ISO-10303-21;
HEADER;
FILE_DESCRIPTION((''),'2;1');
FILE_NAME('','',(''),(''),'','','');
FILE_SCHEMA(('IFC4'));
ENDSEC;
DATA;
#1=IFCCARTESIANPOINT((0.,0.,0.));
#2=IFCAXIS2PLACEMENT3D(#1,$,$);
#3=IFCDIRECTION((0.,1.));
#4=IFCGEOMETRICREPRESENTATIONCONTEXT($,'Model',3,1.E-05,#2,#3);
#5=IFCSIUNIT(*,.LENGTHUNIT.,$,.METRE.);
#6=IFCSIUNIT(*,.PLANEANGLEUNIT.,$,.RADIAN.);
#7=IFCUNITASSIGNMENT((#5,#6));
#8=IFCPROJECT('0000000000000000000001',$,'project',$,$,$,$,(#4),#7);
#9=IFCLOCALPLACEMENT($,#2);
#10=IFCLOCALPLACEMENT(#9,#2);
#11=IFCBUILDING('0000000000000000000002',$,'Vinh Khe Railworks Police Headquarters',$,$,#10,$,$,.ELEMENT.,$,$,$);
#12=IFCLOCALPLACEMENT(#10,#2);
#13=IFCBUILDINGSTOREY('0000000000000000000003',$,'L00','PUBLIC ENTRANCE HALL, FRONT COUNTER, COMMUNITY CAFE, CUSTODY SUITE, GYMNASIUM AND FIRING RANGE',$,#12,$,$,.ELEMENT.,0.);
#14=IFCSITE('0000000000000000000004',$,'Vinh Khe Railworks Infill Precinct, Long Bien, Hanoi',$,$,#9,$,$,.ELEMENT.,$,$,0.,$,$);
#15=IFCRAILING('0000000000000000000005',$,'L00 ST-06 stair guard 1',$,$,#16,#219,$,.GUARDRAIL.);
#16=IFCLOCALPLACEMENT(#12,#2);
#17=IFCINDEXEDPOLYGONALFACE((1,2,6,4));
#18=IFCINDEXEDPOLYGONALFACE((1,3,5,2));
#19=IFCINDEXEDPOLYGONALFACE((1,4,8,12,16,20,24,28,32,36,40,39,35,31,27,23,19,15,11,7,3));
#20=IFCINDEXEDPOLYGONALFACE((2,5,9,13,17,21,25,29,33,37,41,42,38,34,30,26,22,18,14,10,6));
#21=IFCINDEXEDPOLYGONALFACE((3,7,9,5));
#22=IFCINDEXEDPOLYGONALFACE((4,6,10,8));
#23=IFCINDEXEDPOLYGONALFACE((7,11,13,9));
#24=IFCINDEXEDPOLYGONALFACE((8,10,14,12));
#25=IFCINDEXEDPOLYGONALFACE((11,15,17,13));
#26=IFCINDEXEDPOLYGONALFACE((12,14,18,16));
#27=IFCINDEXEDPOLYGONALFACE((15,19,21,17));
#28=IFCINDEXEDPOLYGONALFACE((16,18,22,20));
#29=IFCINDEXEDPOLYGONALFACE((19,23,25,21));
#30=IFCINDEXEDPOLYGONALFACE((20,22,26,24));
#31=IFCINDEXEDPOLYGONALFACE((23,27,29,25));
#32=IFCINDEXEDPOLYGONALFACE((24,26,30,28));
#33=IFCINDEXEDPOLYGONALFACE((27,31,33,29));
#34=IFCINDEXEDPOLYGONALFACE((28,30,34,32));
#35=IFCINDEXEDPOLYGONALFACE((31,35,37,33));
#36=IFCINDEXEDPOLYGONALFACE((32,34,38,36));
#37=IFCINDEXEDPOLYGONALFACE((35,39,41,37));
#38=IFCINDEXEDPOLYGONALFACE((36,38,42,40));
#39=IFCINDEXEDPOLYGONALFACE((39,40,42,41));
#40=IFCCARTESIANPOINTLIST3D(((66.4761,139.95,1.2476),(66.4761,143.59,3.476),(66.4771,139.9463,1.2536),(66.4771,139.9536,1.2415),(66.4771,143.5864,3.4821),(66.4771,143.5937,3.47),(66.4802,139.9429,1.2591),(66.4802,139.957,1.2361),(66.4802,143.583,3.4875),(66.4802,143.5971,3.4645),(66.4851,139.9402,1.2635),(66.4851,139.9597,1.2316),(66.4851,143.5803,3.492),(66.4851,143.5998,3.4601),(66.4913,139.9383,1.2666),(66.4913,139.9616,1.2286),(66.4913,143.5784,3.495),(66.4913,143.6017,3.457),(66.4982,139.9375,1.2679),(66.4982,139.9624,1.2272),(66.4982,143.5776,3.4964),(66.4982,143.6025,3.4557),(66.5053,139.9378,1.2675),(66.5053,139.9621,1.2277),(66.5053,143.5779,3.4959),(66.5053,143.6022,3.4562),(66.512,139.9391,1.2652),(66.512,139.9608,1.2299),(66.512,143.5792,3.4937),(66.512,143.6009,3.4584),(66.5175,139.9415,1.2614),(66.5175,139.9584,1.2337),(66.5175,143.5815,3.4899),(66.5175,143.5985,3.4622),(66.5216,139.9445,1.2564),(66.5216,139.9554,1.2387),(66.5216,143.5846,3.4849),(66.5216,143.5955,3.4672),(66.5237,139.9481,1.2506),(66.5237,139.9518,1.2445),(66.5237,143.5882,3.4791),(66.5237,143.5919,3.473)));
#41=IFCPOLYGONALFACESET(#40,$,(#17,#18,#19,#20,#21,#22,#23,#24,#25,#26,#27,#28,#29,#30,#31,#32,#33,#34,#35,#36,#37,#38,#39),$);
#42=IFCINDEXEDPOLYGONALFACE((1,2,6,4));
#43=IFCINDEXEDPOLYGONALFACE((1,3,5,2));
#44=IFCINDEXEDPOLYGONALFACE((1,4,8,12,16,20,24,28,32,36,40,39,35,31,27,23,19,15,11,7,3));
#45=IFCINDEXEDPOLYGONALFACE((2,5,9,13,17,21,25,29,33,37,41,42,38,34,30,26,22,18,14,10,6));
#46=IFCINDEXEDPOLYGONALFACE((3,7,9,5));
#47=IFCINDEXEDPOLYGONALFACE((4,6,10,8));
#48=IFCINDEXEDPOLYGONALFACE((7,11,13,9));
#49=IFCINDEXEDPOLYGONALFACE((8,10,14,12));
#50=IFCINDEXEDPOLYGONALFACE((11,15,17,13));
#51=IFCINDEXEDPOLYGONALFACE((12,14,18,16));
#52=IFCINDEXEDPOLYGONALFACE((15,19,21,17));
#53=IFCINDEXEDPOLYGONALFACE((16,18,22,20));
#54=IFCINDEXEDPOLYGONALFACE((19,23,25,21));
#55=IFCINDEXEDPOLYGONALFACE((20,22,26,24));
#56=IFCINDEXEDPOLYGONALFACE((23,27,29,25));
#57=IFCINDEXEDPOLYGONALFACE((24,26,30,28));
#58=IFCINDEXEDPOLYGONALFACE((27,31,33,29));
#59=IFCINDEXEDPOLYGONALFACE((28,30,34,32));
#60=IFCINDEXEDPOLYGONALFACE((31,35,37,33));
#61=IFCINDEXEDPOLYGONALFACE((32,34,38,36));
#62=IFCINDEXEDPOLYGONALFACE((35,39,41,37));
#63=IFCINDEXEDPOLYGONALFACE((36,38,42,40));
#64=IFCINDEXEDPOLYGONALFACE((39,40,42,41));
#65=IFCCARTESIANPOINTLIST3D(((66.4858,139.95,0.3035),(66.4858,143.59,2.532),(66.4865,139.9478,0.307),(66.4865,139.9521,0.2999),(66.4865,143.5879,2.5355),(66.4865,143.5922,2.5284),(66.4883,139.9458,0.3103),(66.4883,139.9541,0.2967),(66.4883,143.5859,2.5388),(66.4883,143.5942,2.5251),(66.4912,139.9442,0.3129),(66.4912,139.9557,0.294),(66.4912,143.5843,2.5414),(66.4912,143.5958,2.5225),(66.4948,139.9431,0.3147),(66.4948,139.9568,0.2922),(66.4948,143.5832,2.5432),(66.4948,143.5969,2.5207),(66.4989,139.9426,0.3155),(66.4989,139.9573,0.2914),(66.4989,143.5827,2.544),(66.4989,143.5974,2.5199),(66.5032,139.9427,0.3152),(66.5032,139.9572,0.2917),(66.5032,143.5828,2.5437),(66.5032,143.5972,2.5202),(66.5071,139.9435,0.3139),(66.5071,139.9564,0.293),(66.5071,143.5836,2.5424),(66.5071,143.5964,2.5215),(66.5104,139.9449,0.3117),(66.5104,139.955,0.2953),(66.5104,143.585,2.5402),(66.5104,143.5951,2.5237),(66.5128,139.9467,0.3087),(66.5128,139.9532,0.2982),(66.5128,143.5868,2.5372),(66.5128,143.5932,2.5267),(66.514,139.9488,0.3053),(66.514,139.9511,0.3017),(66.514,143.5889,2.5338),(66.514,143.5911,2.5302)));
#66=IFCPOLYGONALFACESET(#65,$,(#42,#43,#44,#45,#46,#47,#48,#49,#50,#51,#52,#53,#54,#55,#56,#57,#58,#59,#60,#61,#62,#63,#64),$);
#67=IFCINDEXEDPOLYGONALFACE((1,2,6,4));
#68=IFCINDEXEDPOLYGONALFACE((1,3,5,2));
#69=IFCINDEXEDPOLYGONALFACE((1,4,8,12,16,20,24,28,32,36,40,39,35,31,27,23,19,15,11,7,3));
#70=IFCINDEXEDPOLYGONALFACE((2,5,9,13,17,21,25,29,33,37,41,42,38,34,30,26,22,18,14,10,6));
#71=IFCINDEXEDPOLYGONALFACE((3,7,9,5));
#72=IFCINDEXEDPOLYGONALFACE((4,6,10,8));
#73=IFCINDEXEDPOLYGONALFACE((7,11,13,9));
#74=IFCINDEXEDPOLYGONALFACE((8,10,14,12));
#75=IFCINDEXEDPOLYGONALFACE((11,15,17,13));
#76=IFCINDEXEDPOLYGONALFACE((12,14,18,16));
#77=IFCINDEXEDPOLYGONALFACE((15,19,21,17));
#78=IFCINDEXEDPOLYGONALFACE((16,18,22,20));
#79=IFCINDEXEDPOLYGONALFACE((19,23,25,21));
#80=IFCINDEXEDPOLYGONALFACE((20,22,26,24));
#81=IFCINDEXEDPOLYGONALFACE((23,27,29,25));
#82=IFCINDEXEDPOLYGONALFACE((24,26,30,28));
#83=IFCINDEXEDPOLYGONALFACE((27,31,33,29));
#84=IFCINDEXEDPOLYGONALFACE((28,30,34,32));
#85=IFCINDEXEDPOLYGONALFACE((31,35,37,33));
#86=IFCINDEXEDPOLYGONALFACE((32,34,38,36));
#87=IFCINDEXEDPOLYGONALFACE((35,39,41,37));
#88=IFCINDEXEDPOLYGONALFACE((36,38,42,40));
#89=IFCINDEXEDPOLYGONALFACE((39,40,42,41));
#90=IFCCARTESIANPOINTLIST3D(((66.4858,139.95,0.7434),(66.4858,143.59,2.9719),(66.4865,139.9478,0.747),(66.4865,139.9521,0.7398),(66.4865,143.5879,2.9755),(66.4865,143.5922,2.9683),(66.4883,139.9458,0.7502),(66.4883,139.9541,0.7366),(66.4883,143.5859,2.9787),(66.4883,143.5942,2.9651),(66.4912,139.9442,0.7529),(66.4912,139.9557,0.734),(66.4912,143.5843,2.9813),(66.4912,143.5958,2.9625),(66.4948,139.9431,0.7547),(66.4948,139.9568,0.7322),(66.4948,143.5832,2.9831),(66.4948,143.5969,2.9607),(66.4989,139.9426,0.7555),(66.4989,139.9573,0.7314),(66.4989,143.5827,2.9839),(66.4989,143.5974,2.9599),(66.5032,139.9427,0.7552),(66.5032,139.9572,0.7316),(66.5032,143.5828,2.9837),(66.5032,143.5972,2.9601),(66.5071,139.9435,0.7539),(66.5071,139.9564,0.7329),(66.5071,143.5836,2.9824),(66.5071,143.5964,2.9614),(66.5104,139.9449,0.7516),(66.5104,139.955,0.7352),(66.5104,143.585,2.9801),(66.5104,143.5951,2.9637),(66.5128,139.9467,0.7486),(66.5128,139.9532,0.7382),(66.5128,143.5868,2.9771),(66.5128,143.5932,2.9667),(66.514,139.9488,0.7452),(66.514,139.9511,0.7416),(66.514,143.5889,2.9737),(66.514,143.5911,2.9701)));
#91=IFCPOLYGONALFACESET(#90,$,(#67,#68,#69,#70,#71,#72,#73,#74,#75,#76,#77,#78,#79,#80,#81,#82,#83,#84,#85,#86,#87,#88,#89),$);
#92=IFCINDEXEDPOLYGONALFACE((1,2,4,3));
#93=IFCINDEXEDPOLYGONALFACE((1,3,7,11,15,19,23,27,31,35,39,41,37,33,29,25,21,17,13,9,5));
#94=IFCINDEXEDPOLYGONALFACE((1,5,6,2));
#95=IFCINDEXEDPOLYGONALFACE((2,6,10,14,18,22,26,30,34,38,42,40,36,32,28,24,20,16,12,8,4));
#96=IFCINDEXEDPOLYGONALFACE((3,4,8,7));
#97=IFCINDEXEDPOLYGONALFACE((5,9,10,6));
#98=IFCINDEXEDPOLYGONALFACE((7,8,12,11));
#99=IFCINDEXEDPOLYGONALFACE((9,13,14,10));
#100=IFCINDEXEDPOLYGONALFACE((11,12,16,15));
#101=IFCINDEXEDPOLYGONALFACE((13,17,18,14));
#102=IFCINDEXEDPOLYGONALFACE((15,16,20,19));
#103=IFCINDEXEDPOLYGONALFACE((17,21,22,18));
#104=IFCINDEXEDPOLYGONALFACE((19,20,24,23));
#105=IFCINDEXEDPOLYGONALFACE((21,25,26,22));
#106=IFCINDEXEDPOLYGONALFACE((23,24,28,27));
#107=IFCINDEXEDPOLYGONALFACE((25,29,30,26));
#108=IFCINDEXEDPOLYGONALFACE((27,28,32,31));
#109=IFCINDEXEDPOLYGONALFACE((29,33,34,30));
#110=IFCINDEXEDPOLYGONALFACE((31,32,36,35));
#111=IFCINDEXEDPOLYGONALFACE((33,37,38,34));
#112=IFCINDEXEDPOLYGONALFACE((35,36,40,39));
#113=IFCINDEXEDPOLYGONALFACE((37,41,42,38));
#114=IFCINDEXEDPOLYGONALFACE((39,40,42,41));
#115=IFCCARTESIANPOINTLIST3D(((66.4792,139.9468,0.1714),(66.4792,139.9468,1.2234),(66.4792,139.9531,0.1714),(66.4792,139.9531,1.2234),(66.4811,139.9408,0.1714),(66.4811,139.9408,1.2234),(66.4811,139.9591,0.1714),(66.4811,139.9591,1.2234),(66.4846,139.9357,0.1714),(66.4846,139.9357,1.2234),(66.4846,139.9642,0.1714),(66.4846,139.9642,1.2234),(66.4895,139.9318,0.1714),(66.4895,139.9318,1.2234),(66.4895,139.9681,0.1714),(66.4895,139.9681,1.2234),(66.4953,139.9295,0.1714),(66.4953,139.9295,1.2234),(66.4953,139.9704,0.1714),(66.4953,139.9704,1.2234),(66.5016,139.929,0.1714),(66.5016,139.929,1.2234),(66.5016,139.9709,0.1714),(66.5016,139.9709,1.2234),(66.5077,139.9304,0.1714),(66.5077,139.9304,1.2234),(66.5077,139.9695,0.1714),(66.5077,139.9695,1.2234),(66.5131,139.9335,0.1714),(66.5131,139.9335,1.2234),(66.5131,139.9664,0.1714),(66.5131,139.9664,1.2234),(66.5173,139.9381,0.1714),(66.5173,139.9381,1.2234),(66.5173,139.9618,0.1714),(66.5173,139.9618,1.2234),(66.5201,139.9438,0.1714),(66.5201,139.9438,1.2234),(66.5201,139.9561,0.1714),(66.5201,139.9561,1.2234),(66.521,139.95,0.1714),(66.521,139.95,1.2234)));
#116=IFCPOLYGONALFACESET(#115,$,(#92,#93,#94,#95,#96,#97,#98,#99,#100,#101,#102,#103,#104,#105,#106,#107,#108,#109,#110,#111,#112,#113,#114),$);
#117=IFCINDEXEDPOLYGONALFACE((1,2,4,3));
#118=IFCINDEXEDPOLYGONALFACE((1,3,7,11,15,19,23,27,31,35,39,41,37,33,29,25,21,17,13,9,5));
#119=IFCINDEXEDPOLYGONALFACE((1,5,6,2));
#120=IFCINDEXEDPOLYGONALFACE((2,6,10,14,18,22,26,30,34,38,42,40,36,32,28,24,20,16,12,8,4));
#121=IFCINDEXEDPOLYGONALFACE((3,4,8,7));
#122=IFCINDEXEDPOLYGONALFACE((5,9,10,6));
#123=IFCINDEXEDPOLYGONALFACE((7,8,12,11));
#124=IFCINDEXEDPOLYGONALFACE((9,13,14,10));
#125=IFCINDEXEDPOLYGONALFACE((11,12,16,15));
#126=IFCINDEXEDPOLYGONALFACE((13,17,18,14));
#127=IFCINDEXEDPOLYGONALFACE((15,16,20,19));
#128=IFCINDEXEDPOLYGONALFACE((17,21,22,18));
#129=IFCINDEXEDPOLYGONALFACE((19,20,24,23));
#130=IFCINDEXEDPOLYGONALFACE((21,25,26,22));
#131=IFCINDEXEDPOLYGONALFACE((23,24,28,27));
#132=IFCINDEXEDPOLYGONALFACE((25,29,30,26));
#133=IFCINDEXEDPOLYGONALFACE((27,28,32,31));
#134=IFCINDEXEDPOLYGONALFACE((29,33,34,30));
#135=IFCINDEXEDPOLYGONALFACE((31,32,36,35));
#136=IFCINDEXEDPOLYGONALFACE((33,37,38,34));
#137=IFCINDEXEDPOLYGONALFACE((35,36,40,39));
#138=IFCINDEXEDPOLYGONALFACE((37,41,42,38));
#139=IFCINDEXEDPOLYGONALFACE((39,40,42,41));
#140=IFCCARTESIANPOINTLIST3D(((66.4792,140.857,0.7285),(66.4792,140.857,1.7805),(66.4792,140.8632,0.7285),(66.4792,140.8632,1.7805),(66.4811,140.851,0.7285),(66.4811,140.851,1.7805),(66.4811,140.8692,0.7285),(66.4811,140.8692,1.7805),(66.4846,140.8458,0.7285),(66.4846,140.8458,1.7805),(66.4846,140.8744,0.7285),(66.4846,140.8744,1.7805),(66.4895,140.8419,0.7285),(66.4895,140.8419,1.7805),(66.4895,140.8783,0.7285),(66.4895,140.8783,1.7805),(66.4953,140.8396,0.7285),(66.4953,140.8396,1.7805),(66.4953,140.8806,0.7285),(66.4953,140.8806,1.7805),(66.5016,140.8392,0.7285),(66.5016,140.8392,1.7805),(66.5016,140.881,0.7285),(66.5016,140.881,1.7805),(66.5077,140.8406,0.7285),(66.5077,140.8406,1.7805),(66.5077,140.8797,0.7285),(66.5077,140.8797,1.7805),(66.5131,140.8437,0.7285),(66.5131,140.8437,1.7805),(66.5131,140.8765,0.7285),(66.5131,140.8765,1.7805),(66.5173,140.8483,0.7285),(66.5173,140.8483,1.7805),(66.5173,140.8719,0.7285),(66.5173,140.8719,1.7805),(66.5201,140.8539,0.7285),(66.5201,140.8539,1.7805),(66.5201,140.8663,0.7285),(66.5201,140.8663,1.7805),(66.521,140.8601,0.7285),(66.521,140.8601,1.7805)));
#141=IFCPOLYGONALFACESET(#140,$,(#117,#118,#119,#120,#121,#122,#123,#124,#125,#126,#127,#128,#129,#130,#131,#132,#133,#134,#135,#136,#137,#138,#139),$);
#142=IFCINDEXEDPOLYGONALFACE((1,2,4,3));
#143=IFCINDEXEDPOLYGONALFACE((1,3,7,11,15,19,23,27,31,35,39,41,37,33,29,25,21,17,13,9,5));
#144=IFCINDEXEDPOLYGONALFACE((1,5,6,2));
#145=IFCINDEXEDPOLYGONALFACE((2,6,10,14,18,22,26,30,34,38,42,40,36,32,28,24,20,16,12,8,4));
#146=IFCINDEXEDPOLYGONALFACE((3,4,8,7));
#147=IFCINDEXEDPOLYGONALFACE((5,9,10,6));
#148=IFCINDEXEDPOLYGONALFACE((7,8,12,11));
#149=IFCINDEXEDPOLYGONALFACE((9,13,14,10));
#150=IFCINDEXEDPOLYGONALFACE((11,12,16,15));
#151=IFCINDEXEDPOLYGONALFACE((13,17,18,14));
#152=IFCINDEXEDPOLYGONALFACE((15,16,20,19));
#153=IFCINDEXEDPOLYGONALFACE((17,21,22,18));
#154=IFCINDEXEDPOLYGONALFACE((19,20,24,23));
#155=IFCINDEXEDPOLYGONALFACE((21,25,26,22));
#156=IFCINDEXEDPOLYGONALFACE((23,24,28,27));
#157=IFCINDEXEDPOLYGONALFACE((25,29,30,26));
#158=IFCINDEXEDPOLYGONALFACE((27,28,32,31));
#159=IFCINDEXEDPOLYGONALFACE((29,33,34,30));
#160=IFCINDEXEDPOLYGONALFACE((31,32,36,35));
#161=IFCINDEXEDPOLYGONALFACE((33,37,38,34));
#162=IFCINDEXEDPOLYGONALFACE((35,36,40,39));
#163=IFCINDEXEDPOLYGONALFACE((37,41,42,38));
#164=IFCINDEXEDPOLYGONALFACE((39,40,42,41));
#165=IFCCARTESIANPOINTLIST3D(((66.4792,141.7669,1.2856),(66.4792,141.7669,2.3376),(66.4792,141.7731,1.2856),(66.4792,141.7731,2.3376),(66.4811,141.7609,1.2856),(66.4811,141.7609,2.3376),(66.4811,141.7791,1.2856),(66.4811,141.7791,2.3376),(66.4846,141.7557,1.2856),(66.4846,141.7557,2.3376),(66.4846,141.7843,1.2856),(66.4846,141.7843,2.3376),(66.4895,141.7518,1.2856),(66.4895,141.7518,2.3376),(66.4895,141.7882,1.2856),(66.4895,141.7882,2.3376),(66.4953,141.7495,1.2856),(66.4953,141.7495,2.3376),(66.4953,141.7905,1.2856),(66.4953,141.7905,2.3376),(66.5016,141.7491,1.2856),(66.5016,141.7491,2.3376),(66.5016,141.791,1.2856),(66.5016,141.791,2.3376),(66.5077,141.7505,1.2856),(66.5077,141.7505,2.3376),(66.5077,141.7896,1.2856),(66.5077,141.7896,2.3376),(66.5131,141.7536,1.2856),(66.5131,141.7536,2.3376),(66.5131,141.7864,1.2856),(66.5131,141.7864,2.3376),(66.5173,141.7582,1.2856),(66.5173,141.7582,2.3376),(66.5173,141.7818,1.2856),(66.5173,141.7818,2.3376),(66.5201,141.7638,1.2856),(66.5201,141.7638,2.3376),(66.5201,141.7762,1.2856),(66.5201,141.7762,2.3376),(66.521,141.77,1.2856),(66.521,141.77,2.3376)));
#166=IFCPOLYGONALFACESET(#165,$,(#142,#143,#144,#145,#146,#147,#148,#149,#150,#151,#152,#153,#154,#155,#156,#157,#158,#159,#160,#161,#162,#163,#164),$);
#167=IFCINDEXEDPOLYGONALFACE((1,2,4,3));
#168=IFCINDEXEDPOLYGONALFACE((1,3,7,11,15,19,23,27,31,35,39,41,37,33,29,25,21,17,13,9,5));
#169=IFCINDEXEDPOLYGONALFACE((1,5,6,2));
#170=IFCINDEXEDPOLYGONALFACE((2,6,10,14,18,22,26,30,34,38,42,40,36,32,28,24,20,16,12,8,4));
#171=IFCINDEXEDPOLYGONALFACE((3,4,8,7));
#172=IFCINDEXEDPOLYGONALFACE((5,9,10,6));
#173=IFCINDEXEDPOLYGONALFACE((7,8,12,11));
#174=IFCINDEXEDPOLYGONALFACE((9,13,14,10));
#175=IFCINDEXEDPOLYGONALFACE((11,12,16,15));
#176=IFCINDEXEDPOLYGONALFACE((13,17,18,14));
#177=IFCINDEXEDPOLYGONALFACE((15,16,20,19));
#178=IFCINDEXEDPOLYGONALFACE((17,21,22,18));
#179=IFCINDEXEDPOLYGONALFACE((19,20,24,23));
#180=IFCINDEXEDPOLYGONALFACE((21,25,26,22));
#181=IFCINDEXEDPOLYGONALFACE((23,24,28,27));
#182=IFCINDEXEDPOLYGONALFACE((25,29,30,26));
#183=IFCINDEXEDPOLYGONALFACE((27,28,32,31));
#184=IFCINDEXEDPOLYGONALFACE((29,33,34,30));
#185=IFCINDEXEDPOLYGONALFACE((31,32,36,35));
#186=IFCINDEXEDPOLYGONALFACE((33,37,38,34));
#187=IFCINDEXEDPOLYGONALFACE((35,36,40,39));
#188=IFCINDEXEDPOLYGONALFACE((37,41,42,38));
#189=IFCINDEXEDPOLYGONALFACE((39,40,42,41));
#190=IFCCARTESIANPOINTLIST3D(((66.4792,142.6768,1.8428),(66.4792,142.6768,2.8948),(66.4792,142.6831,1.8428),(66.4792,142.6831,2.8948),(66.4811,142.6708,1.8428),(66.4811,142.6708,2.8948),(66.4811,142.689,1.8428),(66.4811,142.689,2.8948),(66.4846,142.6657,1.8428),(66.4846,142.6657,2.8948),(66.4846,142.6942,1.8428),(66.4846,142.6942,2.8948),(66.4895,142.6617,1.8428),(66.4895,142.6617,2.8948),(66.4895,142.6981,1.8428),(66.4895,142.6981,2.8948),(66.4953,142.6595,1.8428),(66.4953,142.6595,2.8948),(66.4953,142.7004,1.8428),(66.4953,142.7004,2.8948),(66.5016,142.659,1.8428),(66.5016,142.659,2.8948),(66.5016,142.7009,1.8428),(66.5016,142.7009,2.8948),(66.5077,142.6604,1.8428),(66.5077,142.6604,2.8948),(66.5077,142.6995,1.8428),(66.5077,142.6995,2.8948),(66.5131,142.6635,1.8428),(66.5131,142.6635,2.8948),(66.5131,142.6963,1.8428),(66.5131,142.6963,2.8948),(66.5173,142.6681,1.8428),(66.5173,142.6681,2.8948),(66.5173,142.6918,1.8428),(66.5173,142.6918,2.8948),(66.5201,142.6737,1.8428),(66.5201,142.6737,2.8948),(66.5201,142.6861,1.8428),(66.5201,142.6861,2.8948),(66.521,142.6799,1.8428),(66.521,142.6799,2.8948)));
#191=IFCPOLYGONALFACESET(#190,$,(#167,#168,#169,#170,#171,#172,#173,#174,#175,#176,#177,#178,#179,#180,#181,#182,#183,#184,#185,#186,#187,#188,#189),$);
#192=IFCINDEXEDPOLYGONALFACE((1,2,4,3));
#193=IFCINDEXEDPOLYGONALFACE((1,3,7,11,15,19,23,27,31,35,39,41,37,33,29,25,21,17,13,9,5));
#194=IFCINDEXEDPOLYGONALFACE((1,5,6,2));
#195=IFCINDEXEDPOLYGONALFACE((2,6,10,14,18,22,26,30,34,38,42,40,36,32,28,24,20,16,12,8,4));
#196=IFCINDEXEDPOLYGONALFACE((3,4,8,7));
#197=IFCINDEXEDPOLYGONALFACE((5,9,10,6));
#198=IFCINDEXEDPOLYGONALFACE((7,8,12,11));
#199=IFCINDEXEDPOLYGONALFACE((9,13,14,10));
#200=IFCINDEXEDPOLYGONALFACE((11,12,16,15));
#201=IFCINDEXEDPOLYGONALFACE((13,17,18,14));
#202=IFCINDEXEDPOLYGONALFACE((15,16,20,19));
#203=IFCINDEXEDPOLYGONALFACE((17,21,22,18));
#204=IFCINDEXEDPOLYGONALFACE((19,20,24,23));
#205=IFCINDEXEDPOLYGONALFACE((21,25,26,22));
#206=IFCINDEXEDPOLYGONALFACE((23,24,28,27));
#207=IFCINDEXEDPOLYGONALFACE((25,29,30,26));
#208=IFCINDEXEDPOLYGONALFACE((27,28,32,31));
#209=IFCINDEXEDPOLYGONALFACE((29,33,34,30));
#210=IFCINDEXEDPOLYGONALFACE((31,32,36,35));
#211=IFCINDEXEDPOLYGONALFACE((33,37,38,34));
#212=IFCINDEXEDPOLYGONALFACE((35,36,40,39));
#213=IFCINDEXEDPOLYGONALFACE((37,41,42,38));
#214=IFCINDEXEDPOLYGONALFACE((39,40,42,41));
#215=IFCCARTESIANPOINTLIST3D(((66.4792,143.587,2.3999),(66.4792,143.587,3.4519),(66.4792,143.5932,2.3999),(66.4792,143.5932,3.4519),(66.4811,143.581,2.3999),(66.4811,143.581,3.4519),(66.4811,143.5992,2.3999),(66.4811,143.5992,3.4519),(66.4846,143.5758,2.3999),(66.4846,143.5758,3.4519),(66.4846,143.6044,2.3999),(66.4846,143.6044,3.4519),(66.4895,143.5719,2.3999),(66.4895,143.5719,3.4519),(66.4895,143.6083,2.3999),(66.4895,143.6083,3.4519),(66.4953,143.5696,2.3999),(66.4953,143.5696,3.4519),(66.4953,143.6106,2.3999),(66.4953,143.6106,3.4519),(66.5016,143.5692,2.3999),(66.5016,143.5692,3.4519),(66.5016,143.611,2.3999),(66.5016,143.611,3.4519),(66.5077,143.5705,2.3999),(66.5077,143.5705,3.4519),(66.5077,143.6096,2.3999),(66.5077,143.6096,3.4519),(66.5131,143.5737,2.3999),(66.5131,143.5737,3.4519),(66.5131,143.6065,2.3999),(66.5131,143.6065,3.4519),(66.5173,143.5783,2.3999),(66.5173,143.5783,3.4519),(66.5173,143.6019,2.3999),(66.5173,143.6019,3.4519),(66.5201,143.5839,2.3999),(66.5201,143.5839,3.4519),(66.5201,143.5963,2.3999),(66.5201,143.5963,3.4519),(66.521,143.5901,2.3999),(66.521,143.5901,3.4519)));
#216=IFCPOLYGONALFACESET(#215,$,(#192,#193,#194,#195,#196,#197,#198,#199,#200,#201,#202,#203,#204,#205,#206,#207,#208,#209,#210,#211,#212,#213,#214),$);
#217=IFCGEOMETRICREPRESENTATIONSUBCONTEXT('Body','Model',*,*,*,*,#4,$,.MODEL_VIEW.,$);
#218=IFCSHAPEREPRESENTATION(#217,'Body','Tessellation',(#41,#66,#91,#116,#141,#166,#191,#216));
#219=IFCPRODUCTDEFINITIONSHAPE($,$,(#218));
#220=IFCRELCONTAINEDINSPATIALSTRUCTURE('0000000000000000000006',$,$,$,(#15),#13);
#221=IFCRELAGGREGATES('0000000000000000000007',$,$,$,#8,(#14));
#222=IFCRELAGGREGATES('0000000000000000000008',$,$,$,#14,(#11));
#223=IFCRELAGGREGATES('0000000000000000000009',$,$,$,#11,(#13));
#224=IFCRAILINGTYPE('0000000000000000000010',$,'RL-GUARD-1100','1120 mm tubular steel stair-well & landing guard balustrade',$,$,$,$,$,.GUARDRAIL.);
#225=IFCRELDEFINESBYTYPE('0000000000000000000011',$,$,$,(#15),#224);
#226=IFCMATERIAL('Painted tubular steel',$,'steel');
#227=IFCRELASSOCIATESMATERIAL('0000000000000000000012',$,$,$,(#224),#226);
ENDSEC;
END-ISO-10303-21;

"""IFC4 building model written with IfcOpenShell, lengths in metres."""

from ifc_helpers import new_model, si_unit, direction, frame, origin, origin_2d, place, context, subcontext, project, spatial, circle, extrude, material, type_object, element, save


model = new_model("IFC4")

# Units and contexts
model_context = context("Model", 3, precision=1e-05, world=origin(), true_north=direction((0.0, 1.0)))
body_context = subcontext(model_context, "Body", "Model", "MODEL_VIEW")
ifc_project = project(units=[si_unit("LENGTHUNIT", "METRE"), si_unit("PLANEANGLEUNIT", "RADIAN")], contexts=[model_context])

# Site, building, storey
site_placement = place(None, origin())
site = spatial("IfcSite", under=ifc_project, at=site_placement, Name="Vinh Khe Railworks Infill Precinct, Long Bien, Hanoi", CompositionType="ELEMENT", RefElevation=0.0)
building_placement = place(site_placement, origin())
building = spatial("IfcBuilding", under=site, at=building_placement, Name="Vinh Khe Railworks Police Headquarters", CompositionType="ELEMENT")
storey_placement = place(building_placement, origin())
storey = spatial("IfcBuildingStorey", under=building, at=storey_placement, Name="L00", Description="PUBLIC ENTRANCE HALL, FRONT COUNTER, COMMUNITY CAFE, CUSTODY SUITE, GYMNASIUM AND FIRING RANGE", CompositionType="ELEMENT", Elevation=0.0)

# Railing
ifc_material_1 = material(Name="Painted tubular steel", Category="steel")
railing_type_1 = type_object("IfcRailingType", Name="RL-GUARD-1100", Description="1120 mm tubular steel stair-well & landing guard balustrade", PredefinedType="GUARDRAIL", material=ifc_material_1)
railing_1_placement = place(storey_placement, frame((66.5, 139.95, 0.1714)))
element("IfcRailing", 1, at=railing_1_placement, inside=storey, type_object=railing_type_1, Name="L00 ST-06 stair guard 1", PredefinedType="GUARDRAIL", context=body_context, shape_type="SweptSolid", body=[
    extrude(circle(Radius=0.0239, at=origin_2d()), frame((0.0, 0.0, 1.0762), z_axis=(0.0, 0.852866, 0.52213), x_axis=(-1.0, 0.0, 0.0)), (0.0, 0.0, 1.0), 4.2681),
    extrude(circle(Radius=0.0142, at=origin_2d()), frame((0.0, 0.0, 0.1321), z_axis=(0.0, 0.852866, 0.52213), x_axis=(-1.0, 0.0, 0.0)), (0.0, 0.0, 1.0), 4.2681),
    extrude(circle(Radius=0.0142, at=origin_2d()), frame((0.0, 0.0, 0.572), z_axis=(0.0, 0.852866, 0.52213), x_axis=(-1.0, 0.0, 0.0)), (0.0, 0.0, 1.0), 4.2681),
    extrude(circle(Radius=0.021, at=origin_2d()), origin(), (0.0, 0.0, 1.0), 1.052),
    extrude(circle(Radius=0.021, at=origin_2d()), frame((0.0, 0.9102, 0.5571)), (0.0, 0.0, 1.0), 1.052),
    extrude(circle(Radius=0.021, at=origin_2d()), frame((0.0, 1.8201, 1.1143)), (0.0, 0.0, 1.0), 1.052),
    extrude(circle(Radius=0.021, at=origin_2d()), frame((0.0, 2.73, 1.6714)), (0.0, 0.0, 1.0), 1.052),
    extrude(circle(Radius=0.021, at=origin_2d()), frame((0.0, 3.6401, 2.2285)), (0.0, 0.0, 1.0), 1.052),
])

save(model, "model.ifc")
